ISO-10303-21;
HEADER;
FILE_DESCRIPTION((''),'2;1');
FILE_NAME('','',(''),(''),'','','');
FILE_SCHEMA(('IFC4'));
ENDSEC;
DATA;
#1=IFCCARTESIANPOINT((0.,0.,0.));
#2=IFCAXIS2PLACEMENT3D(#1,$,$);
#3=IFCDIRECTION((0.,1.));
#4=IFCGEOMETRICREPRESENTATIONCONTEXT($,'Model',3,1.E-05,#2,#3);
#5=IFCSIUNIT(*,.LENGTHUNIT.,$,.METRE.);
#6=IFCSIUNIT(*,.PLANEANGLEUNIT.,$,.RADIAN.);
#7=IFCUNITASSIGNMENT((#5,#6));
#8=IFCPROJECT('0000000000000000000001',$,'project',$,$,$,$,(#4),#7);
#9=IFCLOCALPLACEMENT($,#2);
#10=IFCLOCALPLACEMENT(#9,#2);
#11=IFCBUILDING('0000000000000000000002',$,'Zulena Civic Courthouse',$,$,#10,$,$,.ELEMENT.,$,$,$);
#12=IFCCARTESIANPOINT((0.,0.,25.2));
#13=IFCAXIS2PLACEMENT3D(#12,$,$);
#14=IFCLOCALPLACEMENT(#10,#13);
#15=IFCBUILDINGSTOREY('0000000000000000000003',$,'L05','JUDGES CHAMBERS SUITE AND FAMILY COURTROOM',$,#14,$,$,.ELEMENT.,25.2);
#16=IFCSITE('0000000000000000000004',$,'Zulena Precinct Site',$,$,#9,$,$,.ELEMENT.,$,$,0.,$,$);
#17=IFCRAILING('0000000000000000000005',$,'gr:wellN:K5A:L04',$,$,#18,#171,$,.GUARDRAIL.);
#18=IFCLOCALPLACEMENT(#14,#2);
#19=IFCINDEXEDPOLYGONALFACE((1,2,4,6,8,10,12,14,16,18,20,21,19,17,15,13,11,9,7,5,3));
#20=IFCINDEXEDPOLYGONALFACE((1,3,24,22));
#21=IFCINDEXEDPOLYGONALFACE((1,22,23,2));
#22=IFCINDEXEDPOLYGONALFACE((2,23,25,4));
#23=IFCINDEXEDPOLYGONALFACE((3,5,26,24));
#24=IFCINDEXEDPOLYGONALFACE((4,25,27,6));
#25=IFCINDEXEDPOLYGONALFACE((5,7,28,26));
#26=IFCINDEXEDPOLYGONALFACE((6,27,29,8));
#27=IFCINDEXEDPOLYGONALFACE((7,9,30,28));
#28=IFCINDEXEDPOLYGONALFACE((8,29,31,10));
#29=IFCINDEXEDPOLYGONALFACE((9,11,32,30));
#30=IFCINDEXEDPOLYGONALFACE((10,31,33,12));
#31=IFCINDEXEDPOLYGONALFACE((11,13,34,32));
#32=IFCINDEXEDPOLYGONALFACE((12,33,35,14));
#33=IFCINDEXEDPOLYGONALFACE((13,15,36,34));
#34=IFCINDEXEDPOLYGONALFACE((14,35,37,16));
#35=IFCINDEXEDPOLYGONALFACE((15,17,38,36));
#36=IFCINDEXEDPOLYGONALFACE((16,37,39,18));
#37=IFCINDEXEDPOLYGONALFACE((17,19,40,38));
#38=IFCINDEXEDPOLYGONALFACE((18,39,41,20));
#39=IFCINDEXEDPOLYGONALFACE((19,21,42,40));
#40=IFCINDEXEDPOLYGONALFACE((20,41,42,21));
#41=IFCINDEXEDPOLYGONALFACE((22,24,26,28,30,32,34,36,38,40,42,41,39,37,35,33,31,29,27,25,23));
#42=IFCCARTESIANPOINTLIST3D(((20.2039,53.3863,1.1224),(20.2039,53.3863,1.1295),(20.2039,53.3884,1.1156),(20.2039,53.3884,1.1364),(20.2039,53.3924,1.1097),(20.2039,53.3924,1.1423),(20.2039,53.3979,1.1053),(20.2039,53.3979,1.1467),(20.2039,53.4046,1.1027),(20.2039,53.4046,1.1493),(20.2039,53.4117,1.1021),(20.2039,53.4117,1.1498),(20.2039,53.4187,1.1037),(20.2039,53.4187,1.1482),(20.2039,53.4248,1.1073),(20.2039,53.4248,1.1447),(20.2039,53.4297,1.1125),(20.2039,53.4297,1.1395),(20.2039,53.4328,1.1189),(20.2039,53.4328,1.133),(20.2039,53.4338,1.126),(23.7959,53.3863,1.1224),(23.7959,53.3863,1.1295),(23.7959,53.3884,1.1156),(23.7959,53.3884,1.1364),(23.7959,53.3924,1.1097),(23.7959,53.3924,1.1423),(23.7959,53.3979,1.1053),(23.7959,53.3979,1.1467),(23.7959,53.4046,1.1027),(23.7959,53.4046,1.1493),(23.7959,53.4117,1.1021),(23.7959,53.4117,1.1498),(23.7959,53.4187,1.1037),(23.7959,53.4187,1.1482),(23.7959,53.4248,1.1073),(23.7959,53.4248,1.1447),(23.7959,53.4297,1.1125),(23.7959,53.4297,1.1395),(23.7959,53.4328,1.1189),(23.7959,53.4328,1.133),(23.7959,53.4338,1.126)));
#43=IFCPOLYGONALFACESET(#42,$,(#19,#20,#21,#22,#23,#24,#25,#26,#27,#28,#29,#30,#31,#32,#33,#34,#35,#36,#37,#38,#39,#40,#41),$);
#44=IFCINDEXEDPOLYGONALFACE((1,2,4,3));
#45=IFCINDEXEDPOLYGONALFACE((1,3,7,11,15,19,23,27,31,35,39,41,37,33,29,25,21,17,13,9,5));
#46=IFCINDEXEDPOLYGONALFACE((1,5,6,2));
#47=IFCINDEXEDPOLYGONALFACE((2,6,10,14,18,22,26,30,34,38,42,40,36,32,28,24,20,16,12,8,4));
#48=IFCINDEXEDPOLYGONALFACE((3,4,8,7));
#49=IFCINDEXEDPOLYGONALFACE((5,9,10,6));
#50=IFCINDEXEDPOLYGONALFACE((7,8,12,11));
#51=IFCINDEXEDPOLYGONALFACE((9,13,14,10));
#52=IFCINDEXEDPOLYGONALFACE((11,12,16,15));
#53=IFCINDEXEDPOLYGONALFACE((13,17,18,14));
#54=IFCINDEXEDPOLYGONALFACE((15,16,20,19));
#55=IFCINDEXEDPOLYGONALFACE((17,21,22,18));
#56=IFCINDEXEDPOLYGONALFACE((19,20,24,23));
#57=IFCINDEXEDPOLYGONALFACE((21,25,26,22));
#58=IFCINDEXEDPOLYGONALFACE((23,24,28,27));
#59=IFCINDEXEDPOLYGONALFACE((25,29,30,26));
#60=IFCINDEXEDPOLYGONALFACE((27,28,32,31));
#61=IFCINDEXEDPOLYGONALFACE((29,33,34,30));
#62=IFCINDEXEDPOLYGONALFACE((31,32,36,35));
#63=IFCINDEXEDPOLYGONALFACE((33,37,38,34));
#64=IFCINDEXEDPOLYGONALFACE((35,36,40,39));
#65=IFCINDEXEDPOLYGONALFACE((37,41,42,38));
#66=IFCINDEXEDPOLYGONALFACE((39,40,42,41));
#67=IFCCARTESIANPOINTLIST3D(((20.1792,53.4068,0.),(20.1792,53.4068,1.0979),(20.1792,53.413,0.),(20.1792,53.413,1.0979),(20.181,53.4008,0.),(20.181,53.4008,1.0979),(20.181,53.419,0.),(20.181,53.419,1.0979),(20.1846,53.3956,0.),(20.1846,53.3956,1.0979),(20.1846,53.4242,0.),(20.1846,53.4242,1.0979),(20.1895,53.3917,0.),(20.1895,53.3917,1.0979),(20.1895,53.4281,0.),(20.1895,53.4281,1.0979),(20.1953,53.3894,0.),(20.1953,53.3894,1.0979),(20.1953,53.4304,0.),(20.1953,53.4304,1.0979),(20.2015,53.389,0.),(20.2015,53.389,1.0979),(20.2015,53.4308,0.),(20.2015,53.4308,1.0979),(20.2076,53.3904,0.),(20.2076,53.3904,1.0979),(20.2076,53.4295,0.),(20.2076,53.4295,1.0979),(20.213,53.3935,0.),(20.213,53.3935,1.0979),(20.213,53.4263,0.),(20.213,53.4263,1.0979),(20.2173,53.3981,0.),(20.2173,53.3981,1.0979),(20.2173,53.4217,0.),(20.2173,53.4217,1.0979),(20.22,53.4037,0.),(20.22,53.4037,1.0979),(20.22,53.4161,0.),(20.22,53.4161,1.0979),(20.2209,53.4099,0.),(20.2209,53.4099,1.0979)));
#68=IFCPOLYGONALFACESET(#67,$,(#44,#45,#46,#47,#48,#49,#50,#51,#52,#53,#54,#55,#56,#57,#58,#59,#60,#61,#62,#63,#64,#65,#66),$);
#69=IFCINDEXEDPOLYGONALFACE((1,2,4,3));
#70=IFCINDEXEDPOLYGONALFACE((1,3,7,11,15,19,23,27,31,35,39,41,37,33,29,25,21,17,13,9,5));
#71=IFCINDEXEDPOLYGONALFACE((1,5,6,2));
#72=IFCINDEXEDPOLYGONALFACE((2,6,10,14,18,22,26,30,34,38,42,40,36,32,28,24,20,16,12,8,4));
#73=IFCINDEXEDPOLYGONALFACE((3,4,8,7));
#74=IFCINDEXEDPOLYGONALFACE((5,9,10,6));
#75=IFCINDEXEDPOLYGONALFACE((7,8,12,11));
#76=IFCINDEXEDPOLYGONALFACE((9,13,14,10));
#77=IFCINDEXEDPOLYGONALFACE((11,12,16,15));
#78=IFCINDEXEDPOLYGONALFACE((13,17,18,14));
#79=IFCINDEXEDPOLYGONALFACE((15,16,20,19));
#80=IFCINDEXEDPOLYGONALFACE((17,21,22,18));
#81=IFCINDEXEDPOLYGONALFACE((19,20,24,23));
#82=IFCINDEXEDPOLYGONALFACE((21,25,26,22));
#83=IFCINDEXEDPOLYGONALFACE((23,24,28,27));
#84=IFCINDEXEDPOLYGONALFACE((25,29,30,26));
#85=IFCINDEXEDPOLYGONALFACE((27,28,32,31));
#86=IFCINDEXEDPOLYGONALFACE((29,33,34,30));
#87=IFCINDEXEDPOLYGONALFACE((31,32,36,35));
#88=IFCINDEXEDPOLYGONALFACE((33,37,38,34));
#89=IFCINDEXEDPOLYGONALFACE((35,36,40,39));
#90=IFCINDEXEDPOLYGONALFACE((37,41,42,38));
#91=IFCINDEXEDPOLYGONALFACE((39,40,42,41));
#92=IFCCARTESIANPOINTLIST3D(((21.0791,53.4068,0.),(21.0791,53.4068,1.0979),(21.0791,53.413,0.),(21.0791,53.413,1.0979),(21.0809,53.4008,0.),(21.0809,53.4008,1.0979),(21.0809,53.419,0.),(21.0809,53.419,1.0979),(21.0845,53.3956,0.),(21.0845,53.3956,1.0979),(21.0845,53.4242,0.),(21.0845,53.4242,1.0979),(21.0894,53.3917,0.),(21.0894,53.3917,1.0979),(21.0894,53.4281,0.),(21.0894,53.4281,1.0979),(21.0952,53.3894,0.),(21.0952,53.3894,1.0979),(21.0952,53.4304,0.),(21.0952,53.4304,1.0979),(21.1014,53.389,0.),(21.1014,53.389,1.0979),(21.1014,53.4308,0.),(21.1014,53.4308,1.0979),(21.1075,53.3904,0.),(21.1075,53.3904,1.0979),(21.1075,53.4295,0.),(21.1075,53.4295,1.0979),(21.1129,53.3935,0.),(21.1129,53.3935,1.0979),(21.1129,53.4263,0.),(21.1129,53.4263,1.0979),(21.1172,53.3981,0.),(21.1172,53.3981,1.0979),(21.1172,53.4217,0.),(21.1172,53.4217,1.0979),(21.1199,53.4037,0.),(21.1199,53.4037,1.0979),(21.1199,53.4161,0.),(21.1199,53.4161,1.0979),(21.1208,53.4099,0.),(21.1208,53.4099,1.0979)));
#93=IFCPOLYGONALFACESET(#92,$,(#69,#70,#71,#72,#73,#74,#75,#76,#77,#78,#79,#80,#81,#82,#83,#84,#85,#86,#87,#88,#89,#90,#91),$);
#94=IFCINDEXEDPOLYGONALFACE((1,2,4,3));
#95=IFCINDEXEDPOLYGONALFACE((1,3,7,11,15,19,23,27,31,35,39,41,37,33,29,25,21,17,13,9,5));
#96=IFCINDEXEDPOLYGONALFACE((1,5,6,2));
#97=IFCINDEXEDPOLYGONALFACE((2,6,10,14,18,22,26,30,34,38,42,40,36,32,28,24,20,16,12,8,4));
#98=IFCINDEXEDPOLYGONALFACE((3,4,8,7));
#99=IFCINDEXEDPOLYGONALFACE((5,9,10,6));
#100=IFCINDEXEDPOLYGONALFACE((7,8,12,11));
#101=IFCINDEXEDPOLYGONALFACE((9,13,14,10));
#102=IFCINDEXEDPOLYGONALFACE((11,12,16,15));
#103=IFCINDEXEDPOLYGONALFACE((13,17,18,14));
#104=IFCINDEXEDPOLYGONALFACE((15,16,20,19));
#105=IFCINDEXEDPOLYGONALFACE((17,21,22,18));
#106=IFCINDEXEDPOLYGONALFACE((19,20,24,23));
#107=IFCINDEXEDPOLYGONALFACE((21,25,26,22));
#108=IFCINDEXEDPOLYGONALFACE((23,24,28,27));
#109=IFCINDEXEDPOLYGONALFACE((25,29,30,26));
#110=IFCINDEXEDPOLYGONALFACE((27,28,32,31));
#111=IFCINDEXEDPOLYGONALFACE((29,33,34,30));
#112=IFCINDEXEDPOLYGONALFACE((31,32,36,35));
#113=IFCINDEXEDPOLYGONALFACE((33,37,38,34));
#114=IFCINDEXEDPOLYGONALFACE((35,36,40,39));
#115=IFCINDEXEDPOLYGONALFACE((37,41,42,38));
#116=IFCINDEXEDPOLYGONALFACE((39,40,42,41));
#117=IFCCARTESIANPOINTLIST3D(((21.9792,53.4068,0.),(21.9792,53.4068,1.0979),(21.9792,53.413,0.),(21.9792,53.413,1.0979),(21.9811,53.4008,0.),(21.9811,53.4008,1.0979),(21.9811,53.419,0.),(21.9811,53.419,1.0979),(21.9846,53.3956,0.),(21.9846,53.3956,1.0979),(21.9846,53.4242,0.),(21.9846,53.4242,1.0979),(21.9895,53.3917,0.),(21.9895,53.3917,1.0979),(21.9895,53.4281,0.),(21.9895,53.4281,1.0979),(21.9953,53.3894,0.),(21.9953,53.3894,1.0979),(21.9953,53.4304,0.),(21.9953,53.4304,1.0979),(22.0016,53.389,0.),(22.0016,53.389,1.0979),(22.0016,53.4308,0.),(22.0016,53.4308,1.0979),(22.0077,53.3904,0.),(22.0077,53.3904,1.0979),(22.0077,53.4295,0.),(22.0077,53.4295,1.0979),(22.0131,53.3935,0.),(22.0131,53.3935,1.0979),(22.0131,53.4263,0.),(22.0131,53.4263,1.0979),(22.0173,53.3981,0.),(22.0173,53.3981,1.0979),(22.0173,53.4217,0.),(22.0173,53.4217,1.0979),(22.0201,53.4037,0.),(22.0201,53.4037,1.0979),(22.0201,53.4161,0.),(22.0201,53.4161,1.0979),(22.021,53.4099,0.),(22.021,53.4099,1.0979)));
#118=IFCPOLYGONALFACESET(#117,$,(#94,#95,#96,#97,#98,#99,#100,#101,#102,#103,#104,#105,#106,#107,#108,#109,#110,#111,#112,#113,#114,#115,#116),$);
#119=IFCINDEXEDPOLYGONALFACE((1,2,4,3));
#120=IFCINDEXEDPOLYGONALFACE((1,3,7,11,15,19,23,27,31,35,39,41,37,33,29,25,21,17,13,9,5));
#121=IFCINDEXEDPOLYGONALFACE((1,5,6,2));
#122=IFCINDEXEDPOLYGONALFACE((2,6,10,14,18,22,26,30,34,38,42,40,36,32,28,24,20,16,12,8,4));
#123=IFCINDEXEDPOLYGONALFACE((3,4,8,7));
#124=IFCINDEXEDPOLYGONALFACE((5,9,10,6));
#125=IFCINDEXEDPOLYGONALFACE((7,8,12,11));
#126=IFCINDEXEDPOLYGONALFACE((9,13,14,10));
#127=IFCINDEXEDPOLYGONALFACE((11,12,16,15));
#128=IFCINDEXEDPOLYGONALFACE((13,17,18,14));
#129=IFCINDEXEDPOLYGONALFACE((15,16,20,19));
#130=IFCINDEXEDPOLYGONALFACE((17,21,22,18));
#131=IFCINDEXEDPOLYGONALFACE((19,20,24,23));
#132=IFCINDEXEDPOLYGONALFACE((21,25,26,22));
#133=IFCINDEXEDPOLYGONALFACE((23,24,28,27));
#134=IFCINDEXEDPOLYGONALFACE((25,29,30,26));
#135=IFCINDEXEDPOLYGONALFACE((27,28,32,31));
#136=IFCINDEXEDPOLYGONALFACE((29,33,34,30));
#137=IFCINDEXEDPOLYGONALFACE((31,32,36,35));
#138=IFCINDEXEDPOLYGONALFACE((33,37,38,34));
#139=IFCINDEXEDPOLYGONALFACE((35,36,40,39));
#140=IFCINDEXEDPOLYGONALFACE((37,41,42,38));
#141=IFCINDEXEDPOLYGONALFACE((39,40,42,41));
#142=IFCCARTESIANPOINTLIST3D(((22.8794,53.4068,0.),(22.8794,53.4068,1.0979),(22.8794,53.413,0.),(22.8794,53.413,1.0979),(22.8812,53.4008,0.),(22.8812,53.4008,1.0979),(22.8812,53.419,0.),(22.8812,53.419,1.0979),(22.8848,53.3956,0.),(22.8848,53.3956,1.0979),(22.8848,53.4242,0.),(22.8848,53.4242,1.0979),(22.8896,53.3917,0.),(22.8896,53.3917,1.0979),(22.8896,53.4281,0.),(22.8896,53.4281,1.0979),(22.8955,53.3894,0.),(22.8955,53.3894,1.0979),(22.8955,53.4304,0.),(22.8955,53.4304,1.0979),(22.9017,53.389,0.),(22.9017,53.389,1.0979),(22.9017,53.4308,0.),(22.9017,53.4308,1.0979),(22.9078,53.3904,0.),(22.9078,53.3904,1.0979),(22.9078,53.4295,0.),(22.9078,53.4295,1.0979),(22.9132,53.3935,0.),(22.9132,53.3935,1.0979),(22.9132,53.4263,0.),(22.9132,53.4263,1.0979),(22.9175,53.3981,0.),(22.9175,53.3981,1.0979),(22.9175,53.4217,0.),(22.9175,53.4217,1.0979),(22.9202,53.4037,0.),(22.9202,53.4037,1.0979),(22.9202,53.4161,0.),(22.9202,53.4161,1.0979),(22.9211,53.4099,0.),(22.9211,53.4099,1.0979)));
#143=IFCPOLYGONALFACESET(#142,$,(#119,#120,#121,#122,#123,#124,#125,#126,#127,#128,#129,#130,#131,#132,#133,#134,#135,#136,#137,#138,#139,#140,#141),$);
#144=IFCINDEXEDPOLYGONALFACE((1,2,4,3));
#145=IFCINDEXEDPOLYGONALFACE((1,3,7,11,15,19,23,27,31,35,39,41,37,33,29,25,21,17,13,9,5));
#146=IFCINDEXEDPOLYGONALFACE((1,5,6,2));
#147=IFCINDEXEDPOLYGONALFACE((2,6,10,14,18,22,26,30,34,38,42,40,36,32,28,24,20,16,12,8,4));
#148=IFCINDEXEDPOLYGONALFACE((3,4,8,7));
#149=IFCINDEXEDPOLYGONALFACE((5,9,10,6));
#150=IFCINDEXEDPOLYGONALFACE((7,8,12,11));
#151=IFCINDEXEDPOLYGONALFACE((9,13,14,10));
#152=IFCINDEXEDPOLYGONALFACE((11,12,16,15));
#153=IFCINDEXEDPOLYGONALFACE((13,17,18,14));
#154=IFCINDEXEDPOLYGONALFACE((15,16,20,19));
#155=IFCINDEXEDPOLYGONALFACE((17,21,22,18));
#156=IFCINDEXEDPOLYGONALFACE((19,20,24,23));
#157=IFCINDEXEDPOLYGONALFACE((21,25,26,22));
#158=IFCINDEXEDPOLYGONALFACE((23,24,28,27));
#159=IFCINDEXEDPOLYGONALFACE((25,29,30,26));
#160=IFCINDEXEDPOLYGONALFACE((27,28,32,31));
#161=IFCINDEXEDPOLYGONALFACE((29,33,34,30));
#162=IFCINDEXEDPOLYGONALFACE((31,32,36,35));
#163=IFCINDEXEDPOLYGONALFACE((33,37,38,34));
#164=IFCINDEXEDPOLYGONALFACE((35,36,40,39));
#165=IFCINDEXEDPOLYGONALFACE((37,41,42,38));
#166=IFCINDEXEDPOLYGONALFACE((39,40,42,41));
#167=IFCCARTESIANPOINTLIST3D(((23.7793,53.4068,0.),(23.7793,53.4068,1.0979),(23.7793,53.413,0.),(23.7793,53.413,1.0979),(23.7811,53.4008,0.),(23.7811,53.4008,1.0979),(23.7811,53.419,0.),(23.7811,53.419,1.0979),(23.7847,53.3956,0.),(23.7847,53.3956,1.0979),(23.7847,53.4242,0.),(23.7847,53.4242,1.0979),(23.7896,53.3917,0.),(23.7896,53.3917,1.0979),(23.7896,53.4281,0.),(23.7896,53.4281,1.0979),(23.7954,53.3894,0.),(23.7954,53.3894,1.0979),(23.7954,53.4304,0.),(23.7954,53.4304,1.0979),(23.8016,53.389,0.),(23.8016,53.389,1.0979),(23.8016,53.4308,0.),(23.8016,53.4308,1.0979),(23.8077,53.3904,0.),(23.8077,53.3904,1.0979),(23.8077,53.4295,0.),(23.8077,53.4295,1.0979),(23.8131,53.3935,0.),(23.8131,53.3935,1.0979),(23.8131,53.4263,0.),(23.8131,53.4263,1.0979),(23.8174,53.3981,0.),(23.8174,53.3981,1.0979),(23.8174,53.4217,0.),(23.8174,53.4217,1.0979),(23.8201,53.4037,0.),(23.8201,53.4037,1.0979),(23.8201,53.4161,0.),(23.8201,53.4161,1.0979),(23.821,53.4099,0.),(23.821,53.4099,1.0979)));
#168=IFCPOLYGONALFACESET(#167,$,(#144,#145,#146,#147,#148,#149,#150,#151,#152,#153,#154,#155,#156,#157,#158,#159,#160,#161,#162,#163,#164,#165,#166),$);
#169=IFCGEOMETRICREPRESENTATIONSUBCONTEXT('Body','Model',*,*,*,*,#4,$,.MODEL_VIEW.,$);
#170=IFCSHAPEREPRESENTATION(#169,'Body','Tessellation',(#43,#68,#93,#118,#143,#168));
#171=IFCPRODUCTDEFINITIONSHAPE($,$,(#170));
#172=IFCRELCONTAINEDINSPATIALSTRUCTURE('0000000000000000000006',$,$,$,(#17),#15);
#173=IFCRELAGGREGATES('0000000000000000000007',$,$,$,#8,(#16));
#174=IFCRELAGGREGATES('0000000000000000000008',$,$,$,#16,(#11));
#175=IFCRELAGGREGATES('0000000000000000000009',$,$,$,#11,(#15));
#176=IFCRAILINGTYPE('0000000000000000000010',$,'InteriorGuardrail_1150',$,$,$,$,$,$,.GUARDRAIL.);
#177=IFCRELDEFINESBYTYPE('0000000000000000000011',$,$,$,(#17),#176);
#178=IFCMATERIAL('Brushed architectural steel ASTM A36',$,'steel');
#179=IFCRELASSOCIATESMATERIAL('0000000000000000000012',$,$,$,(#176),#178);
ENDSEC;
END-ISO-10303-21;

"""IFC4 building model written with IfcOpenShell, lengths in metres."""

from ifc_helpers import new_model, si_unit, direction, frame, origin, origin_2d, place, context, subcontext, project, spatial, circle, extrude, material, type_object, element, save


model = new_model("IFC4")

# Units and contexts
model_context = context("Model", 3, precision=1e-05, world=origin(), true_north=direction((0.0, 1.0)))
body_context = subcontext(model_context, "Body", "Model", "MODEL_VIEW")
ifc_project = project(units=[si_unit("LENGTHUNIT", "METRE"), si_unit("PLANEANGLEUNIT", "RADIAN")], contexts=[model_context])

# Site, building, storey
site_placement = place(None, origin())
site = spatial("IfcSite", under=ifc_project, at=site_placement, Name="Zulena Precinct Site", CompositionType="ELEMENT", RefElevation=0.0)
building_placement = place(site_placement, origin())
building = spatial("IfcBuilding", under=site, at=building_placement, Name="Zulena Civic Courthouse", CompositionType="ELEMENT")
storey_placement = place(building_placement, frame((0.0, 0.0, 25.2)))
storey = spatial("IfcBuildingStorey", under=building, at=storey_placement, Name="L05", Description="JUDGES CHAMBERS SUITE AND FAMILY COURTROOM", CompositionType="ELEMENT", Elevation=25.2)

# Railing
ifc_material_1 = material(Name="Brushed architectural steel ASTM A36", Category="steel")
railing_type_1 = type_object("IfcRailingType", Name="InteriorGuardrail_1150", PredefinedType="GUARDRAIL", material=ifc_material_1)
railing_1_placement = place(storey_placement, frame((20.2, 53.4099, 0.0)))
element("IfcRailing", 1, at=railing_1_placement, inside=storey, type_object=railing_type_1, Name="gr:wellN:K5A:L04", PredefinedType="GUARDRAIL", context=body_context, shape_type="SweptSolid", body=[
    extrude(circle(Radius=0.0239, at=origin_2d()), frame((0.0039, 0.0, 1.126), z_axis=(1.0, 0.0, 0.0), x_axis=(0.0, 1.0, 0.0)), (0.0, 0.0, 1.0), 3.592),
    extrude(circle(Radius=0.021, at=origin_2d()), origin(), (0.0, 0.0, 1.0), 1.0979),
    extrude(circle(Radius=0.021, at=origin_2d()), frame((0.8999, 0.0, 0.0)), (0.0, 0.0, 1.0), 1.0979),
    extrude(circle(Radius=0.021, at=origin_2d()), frame((1.8, 0.0, 0.0)), (0.0, 0.0, 1.0), 1.0979),
    extrude(circle(Radius=0.021, at=origin_2d()), frame((2.7002, 0.0, 0.0)), (0.0, 0.0, 1.0), 1.0979),
    extrude(circle(Radius=0.021, at=origin_2d()), frame((3.6001, 0.0, 0.0)), (0.0, 0.0, 1.0), 1.0979),
])

save(model, "model.ifc")
